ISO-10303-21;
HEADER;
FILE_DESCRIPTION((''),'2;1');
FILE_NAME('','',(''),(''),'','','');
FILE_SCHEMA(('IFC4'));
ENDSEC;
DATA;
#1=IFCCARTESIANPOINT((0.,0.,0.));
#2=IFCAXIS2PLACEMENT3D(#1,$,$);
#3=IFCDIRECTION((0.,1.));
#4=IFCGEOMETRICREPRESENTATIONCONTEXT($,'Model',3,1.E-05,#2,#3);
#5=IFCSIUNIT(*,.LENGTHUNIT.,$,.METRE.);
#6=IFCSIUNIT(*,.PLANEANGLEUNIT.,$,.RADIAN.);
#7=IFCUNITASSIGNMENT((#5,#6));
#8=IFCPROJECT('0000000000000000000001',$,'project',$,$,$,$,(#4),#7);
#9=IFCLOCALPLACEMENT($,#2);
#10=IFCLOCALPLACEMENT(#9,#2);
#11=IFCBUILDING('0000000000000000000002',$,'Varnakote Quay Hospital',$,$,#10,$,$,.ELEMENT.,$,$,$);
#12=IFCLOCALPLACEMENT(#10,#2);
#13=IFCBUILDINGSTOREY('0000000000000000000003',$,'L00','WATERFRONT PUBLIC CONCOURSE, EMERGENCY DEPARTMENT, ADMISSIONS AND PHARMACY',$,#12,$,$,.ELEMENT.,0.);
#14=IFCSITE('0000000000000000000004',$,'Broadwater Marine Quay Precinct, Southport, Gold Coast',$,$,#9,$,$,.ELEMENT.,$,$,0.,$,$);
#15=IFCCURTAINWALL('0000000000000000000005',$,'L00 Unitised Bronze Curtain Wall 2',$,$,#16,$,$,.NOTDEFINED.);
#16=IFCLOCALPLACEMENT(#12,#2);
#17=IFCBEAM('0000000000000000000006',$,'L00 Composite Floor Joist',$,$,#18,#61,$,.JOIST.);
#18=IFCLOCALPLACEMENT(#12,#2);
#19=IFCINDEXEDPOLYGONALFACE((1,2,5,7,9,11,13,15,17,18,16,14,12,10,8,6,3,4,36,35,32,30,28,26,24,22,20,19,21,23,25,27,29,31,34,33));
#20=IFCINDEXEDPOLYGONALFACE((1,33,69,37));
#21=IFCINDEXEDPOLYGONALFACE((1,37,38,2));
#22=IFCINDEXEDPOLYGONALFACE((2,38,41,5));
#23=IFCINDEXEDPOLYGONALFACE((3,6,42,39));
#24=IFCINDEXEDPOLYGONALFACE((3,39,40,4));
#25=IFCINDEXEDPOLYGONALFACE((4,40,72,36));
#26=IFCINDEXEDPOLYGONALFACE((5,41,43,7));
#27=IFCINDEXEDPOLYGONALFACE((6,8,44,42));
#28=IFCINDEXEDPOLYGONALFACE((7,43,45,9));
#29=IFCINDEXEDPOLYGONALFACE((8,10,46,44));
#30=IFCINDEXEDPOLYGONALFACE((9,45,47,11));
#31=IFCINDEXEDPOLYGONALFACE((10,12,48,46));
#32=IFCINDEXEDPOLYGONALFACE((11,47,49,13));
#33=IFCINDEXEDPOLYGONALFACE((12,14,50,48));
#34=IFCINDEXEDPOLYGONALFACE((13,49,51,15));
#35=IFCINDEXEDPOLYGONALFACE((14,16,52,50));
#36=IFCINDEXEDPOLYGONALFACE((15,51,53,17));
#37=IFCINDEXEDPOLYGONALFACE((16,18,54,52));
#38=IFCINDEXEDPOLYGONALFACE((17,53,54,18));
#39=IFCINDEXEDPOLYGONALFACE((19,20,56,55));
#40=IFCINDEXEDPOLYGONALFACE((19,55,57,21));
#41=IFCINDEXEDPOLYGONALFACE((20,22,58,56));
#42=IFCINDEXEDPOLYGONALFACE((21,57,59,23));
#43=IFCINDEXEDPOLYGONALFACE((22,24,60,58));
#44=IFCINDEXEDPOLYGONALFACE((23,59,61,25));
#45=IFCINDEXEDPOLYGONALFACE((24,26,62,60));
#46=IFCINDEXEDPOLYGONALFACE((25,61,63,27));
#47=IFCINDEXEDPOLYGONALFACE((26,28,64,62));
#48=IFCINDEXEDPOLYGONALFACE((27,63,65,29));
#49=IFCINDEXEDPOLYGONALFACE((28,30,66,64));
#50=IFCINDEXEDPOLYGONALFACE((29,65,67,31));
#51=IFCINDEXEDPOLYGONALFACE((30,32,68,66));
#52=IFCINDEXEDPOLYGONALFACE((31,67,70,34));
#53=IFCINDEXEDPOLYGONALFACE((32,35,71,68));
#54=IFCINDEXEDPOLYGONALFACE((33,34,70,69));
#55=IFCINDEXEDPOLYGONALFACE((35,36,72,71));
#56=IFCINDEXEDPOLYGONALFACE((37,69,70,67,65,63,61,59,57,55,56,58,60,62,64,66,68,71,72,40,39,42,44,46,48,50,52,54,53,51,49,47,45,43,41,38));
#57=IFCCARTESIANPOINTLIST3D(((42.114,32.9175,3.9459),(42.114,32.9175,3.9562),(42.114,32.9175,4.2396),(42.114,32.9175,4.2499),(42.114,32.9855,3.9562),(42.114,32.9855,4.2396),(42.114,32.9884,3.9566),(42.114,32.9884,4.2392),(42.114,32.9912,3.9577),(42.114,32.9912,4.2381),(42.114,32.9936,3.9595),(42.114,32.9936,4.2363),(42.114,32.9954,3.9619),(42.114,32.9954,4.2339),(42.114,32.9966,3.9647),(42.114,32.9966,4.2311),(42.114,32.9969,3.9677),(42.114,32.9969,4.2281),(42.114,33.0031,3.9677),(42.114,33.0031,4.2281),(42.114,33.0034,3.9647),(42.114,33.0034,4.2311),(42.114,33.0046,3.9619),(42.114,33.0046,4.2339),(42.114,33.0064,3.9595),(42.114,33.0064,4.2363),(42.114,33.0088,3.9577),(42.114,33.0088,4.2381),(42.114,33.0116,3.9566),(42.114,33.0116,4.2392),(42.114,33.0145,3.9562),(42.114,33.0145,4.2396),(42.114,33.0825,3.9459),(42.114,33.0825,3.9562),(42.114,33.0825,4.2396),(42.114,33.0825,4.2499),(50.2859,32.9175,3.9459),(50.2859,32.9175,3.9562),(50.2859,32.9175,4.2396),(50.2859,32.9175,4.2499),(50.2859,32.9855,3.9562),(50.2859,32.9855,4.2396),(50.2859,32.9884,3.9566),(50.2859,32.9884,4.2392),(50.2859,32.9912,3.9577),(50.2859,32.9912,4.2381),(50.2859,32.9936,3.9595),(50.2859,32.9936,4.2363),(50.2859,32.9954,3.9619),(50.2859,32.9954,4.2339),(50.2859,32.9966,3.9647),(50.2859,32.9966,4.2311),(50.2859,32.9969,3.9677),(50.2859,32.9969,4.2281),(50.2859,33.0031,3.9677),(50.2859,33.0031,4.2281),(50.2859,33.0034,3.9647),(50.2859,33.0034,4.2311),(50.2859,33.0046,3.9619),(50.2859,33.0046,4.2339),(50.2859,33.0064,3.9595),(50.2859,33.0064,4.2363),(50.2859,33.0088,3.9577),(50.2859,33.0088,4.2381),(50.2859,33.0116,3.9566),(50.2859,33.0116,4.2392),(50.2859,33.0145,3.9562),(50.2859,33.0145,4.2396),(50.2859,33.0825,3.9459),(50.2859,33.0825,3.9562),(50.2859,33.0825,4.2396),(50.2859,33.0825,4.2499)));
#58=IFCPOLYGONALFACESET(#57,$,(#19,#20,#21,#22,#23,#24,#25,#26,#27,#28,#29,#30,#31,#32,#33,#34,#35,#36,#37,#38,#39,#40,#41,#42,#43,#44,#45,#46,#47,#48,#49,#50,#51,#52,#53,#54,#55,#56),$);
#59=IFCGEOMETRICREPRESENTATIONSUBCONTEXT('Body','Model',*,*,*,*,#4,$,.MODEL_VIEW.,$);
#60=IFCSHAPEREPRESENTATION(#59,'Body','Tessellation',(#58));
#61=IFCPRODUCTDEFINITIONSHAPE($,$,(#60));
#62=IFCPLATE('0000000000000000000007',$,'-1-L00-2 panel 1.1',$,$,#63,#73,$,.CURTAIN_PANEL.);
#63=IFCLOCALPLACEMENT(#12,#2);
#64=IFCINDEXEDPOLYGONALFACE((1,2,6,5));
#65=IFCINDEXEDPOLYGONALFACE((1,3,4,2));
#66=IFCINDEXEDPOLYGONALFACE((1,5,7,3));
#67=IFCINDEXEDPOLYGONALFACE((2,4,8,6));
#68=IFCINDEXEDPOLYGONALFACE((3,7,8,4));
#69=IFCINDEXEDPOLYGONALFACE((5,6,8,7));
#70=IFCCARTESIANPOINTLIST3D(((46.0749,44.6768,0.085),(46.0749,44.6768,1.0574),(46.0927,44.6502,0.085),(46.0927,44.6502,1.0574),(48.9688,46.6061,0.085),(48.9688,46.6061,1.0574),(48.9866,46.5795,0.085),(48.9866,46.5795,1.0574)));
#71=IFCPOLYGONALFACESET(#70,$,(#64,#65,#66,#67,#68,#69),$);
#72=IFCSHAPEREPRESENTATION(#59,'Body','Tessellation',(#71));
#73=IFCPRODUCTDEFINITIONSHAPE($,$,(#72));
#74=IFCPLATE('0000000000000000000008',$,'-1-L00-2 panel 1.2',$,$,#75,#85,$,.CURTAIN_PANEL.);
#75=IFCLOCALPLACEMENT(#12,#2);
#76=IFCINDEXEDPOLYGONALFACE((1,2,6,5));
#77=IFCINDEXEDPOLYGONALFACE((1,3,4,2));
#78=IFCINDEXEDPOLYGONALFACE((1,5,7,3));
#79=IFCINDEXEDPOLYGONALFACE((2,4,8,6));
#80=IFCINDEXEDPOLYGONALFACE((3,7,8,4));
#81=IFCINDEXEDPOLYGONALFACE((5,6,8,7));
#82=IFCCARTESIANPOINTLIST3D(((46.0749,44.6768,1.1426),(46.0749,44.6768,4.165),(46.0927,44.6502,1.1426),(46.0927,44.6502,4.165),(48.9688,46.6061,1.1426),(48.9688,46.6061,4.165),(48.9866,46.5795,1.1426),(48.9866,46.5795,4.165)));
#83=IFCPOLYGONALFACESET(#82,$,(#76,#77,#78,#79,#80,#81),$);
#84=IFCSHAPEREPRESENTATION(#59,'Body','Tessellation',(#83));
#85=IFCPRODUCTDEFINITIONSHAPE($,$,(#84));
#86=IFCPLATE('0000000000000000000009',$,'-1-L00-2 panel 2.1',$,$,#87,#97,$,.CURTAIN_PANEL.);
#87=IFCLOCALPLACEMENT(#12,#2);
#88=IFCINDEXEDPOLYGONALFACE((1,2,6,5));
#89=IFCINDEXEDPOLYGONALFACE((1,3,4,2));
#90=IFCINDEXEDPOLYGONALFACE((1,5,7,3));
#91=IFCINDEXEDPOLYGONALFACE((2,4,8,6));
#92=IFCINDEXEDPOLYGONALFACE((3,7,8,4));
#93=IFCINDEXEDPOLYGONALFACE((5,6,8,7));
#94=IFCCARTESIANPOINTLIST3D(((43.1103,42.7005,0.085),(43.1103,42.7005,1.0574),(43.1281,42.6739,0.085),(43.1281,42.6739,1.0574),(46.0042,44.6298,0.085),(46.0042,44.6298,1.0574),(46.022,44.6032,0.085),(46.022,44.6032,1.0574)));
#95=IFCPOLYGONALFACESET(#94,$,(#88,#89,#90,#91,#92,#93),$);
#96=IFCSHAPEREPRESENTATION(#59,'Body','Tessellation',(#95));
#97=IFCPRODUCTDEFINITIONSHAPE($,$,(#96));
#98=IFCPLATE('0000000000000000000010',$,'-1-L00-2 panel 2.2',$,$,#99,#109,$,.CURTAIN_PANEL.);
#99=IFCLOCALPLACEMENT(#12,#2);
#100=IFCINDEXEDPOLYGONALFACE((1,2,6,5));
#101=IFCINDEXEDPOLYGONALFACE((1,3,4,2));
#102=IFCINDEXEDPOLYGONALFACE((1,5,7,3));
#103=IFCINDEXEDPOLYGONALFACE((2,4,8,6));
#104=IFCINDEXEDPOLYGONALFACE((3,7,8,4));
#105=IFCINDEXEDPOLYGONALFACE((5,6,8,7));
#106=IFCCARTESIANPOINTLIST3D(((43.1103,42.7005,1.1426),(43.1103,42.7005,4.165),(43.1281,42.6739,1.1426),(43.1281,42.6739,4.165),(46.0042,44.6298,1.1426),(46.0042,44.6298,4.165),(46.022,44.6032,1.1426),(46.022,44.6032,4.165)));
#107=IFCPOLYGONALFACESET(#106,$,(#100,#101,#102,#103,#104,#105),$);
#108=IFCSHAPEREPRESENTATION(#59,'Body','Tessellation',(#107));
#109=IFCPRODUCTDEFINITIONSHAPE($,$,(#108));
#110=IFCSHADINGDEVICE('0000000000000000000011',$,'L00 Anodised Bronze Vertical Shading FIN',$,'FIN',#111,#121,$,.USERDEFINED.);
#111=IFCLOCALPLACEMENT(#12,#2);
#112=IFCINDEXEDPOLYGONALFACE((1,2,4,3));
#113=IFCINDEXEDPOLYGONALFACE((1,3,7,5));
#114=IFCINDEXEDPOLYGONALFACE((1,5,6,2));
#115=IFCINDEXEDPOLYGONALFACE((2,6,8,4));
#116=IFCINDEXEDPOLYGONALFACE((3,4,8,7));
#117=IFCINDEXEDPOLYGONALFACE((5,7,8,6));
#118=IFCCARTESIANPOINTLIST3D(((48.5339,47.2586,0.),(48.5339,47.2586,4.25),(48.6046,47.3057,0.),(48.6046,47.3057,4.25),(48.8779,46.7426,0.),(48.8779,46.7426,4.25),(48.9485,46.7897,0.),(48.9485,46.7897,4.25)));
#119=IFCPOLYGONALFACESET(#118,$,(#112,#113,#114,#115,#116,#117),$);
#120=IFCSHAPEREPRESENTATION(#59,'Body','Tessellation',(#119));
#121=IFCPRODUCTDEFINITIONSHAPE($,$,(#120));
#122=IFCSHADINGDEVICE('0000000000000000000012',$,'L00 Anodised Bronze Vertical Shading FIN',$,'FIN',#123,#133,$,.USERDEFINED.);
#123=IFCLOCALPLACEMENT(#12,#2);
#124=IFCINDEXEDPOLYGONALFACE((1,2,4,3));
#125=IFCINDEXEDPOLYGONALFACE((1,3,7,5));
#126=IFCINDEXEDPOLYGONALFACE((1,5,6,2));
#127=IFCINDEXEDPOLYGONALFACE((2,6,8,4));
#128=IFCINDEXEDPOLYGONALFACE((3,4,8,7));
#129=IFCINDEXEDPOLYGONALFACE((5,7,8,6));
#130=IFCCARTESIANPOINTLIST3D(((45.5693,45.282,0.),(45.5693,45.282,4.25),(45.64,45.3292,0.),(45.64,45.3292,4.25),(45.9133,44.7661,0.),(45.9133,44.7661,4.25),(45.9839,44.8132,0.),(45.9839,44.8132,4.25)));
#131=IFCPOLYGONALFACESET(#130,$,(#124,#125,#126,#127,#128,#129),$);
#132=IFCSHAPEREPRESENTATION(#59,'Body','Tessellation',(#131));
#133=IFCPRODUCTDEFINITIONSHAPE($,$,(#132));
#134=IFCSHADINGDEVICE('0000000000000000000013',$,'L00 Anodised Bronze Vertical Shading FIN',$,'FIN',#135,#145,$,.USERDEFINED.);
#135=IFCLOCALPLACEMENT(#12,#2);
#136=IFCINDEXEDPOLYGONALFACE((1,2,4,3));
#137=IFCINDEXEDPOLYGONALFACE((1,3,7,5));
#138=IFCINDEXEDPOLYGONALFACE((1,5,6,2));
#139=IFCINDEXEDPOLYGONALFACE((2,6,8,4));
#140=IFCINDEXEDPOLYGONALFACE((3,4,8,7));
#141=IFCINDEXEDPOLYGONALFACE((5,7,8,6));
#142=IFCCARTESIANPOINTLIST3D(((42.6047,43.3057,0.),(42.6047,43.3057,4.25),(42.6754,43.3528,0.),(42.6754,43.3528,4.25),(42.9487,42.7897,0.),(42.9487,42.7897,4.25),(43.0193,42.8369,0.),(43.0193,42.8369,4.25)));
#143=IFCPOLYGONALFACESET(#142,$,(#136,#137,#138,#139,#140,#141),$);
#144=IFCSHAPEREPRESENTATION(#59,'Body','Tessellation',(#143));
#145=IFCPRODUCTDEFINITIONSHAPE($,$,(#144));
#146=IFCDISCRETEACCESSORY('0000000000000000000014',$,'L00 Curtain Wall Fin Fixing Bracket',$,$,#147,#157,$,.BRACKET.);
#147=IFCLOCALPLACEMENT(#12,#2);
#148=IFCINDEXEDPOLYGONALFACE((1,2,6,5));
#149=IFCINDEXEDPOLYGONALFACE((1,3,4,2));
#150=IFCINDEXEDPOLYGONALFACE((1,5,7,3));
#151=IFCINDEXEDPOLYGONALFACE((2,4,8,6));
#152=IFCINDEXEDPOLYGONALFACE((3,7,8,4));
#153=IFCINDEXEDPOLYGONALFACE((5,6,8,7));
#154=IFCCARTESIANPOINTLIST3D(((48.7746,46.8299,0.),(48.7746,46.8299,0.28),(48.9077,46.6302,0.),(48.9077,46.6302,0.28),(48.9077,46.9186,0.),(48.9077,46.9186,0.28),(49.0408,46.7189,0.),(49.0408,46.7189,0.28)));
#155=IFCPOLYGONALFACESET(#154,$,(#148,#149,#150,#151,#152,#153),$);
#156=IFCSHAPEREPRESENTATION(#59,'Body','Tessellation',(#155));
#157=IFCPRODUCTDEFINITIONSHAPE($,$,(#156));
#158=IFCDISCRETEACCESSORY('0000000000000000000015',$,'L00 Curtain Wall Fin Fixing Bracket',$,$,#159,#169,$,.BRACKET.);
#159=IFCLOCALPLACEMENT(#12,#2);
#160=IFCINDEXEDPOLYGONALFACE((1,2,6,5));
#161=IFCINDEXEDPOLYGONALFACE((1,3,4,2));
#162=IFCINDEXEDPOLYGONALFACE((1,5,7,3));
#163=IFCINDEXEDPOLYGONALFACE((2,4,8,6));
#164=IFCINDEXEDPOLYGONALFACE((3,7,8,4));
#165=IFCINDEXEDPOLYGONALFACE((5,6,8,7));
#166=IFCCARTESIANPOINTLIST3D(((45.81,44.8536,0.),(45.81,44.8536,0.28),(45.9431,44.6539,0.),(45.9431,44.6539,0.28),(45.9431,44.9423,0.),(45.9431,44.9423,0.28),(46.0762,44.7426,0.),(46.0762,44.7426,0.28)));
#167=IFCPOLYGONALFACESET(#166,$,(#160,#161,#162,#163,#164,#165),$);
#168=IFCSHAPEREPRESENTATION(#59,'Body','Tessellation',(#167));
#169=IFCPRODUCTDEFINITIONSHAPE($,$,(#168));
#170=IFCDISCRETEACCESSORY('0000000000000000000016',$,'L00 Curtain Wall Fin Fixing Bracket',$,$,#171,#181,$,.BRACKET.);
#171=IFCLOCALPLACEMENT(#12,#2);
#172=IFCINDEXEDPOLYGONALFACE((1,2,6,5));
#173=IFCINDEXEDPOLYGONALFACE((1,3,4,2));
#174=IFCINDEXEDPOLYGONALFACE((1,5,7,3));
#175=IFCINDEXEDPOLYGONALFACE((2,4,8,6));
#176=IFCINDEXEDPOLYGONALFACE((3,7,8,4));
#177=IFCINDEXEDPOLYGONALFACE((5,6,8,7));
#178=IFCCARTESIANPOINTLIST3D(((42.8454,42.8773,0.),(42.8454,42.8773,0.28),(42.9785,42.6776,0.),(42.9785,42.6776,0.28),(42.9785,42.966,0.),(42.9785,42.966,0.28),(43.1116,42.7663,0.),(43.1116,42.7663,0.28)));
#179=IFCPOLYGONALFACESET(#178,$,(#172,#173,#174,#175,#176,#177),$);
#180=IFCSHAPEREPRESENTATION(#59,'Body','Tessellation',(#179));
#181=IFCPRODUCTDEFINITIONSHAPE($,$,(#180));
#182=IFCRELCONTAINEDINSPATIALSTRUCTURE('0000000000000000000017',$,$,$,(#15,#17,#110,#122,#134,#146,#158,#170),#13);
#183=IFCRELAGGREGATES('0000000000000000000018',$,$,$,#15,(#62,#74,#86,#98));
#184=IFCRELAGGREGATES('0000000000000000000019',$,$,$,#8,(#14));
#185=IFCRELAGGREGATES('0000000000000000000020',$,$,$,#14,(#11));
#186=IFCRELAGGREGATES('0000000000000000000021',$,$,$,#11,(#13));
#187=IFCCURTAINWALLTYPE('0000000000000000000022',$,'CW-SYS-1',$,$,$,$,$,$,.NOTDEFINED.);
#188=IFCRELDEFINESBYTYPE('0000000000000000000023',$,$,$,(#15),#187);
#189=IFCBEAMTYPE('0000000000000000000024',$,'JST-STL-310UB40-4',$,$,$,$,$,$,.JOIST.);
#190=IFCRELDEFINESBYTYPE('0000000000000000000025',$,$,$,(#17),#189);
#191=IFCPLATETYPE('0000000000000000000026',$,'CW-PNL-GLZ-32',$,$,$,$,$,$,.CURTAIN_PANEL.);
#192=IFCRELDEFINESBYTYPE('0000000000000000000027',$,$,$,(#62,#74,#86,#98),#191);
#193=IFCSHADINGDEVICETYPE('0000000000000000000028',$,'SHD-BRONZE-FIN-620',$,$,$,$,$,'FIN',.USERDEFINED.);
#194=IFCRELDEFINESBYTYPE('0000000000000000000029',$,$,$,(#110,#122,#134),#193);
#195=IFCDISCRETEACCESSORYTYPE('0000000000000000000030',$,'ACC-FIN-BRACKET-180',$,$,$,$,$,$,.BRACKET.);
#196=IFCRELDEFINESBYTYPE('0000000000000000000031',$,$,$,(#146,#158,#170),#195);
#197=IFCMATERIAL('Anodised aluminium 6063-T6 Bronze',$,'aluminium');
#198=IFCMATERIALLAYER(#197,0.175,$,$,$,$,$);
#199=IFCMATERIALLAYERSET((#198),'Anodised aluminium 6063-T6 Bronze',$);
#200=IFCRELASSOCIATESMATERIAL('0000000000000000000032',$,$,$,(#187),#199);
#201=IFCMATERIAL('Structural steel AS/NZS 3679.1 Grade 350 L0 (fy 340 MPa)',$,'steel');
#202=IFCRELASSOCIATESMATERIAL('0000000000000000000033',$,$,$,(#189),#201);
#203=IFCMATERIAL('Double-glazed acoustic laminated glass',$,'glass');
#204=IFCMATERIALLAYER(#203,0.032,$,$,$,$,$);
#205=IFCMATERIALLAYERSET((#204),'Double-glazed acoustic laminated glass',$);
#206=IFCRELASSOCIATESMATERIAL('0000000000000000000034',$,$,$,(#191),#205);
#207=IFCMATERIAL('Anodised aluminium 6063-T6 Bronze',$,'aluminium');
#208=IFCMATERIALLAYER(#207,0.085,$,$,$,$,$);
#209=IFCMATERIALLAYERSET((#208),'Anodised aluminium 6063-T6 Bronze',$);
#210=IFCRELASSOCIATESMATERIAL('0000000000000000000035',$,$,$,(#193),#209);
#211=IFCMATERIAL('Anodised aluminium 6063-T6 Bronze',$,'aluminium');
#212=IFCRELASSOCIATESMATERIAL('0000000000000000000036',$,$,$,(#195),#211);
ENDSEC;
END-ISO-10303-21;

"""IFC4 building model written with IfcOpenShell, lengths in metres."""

from ifc_helpers import new_model, si_unit, direction, frame, origin, origin_2d, place, context, subcontext, project, spatial, rectangle, i_section, extrude, material, layer, layer_set, material_profile, profile_set, type_object, element, aggregate, save


model = new_model("IFC4")

# Units and contexts
model_context = context("Model", 3, precision=1e-05, world=origin(), true_north=direction((0.0, 1.0)))
body_context = subcontext(model_context, "Body", "Model", "MODEL_VIEW")
ifc_project = project(units=[si_unit("LENGTHUNIT", "METRE"), si_unit("PLANEANGLEUNIT", "RADIAN")], contexts=[model_context])

# Site, building, storey
site_placement = place(None, origin())
site = spatial("IfcSite", under=ifc_project, at=site_placement, Name="Broadwater Marine Quay Precinct, Southport, Gold Coast", CompositionType="ELEMENT", RefElevation=0.0)
building_placement = place(site_placement, origin())
building = spatial("IfcBuilding", under=site, at=building_placement, Name="Varnakote Quay Hospital", CompositionType="ELEMENT")
storey_placement = place(building_placement, origin())
storey = spatial("IfcBuildingStorey", under=building, at=storey_placement, Name="L00", Description="WATERFRONT PUBLIC CONCOURSE, EMERGENCY DEPARTMENT, ADMISSIONS AND PHARMACY", CompositionType="ELEMENT", Elevation=0.0)

# Curtain wall
ifc_material_1 = material(Name="Anodised aluminium 6063-T6 Bronze", Category="aluminium")
ifc_layer_1 = layer(ifc_material_1, 0.175)
ifc_layer_set_1 = layer_set([ifc_layer_1], Name="Anodised aluminium 6063-T6 Bronze")
curtain_wall_type = type_object("IfcCurtainWallType", Name="CW-SYS-1", PredefinedType="NOTDEFINED", material=ifc_layer_set_1)
curtain_wall_placement = place(storey_placement, origin())
curtain_wall = element("IfcCurtainWall", 1, at=curtain_wall_placement, inside=storey, type_object=curtain_wall_type, Name="L00 Unitised Bronze Curtain Wall 2", PredefinedType="NOTDEFINED")

# Beam
ifc_material_2 = material(Name="Structural steel AS/NZS 3679.1 Grade 350 L0 (fy 340 MPa)", Category="steel")
ifc_material_profile_1 = material_profile(ifc_material_2, i_section(OverallWidth=0.165, OverallDepth=0.304, WebThickness=0.0061, FlangeThickness=0.0103, FilletRadius=0.0115, at=origin_2d()), Name="310UB40.4")
ifc_profile_set_1 = profile_set([ifc_material_profile_1], Name="Structural steel AS/NZS 3679.1 Grade 350 L0 (fy 340 MPa)")
beam_type_1 = type_object("IfcBeamType", Name="JST-STL-310UB40-4", PredefinedType="JOIST", material=ifc_profile_set_1)
for number, where, z_axis, x_axis, name in (
    (2, (42.114, 33.0, 4.0979), (1.0, 0.0, 0.0), (0.0, 1.0, 0.0), "L00 Composite Floor Joist"),
):
    element("IfcBeam", number, at=place(storey_placement, frame(where, z_axis=z_axis, x_axis=x_axis)), inside=storey, type_object=beam_type_1, Name=name, PredefinedType="JOIST", context=body_context, shape_type="SweptSolid", body=[
        extrude(i_section(OverallWidth=0.165, OverallDepth=0.304, WebThickness=0.0061, FlangeThickness=0.0103, FilletRadius=0.0115, at=origin_2d()), origin(), (0.0, 0.0, 1.0), 8.1719),
    ])

# Plates
ifc_material_3 = material(Name="Double-glazed acoustic laminated glass", Category="glass")
ifc_layer_2 = layer(ifc_material_3, 0.032)
ifc_layer_set_2 = layer_set([ifc_layer_2], Name="Double-glazed acoustic laminated glass")
plate_type = type_object("IfcPlateType", Name="CW-PNL-GLZ-32", PredefinedType="CURTAIN_PANEL", material=ifc_layer_set_2)
plate_1_placement = place(storey_placement, frame((47.5308, 45.6282, 0.085), z_axis=(0.0, 0.0, 1.0), x_axis=(-0.83205, -0.5547, 0.0)))
plate_1 = element("IfcPlate", 3, at=plate_1_placement, type_object=plate_type, Name="-1-L00-2 panel 1.1", PredefinedType="CURTAIN_PANEL", context=body_context, shape_type="SweptSolid", body=[
    extrude(rectangle(XDim=3.478, YDim=0.032, at=origin_2d()), origin(), (0.0, 0.0, 1.0), 0.9724),
])
plate_2_placement = place(storey_placement, frame((47.5308, 45.6282, 1.1426), z_axis=(0.0, 0.0, 1.0), x_axis=(-0.83205, -0.5547, 0.0)))
plate_2 = element("IfcPlate", 4, at=plate_2_placement, type_object=plate_type, Name="-1-L00-2 panel 1.2", PredefinedType="CURTAIN_PANEL", context=body_context, shape_type="SweptSolid", body=[
    extrude(rectangle(XDim=3.478, YDim=0.032, at=origin_2d()), origin(), (0.0, 0.0, 1.0), 3.0225),
])
plate_3_placement = place(storey_placement, frame((44.5662, 43.6519, 0.085), z_axis=(0.0, 0.0, 1.0), x_axis=(-0.83205, -0.5547, 0.0)))
plate_3 = element("IfcPlate", 5, at=plate_3_placement, type_object=plate_type, Name="-1-L00-2 panel 2.1", PredefinedType="CURTAIN_PANEL", context=body_context, shape_type="SweptSolid", body=[
    extrude(rectangle(XDim=3.478, YDim=0.032, at=origin_2d()), origin(), (0.0, 0.0, 1.0), 0.9724),
])
plate_4_placement = place(storey_placement, frame((44.5662, 43.6519, 1.1426), z_axis=(0.0, 0.0, 1.0), x_axis=(-0.83205, -0.5547, 0.0)))
plate_4 = element("IfcPlate", 6, at=plate_4_placement, type_object=plate_type, Name="-1-L00-2 panel 2.2", PredefinedType="CURTAIN_PANEL", context=body_context, shape_type="SweptSolid", body=[
    extrude(rectangle(XDim=3.478, YDim=0.032, at=origin_2d()), origin(), (0.0, 0.0, 1.0), 3.0225),
])
aggregate(curtain_wall, [plate_1, plate_2, plate_3, plate_4])

# Shading devices
ifc_material_4 = material(Name="Anodised aluminium 6063-T6 Bronze", Category="aluminium")
ifc_layer_3 = layer(ifc_material_4, 0.085)
ifc_layer_set_3 = layer_set([ifc_layer_3], Name="Anodised aluminium 6063-T6 Bronze")
shading_device_type = type_object("IfcShadingDeviceType", Name="SHD-BRONZE-FIN-620", ElementType="FIN", PredefinedType="USERDEFINED", material=ifc_layer_set_3)
for number, where, z_axis, x_axis, name in (
    (7, (48.7412, 47.0242, 0.0), (0.0, 0.0, 1.0), (0.554699, -0.832051, 0.0), "L00 Anodised Bronze Vertical Shading FIN"),
    (8, (45.7766, 45.0476, 0.0), (0.0, 0.0, 1.0), (0.554699, -0.832051, 0.0), "L00 Anodised Bronze Vertical Shading FIN"),
    (9, (42.812, 43.0713, 0.0), (0.0, 0.0, 1.0), (0.554699, -0.832051, 0.0), "L00 Anodised Bronze Vertical Shading FIN"),
):
    element("IfcShadingDevice", number, at=place(storey_placement, frame(where, z_axis=z_axis, x_axis=x_axis)), inside=storey, type_object=shading_device_type, Name=name, ObjectType="FIN", PredefinedType="USERDEFINED", context=body_context, shape_type="SweptSolid", body=[
        extrude(rectangle(XDim=0.6201, YDim=0.085, at=origin_2d()), origin(), (0.0, 0.0, 1.0), 4.25),
    ])

# Discrete accessories
ifc_material_5 = material(Name="Anodised aluminium 6063-T6 Bronze", Category="aluminium")
discrete_accessory_type = type_object("IfcDiscreteAccessoryType", Name="ACC-FIN-BRACKET-180", PredefinedType="BRACKET", material=ifc_material_5)
for number, where, z_axis, x_axis, name in (
    (10, (48.9077, 46.7744, 0.0), (0.0, 0.0, 1.0), (-0.832051, -0.554699, 0.0), "L00 Curtain Wall Fin Fixing Bracket"),
    (11, (45.9431, 44.7981, 0.0), (0.0, 0.0, 1.0), (-0.832051, -0.554699, 0.0), "L00 Curtain Wall Fin Fixing Bracket"),
    (12, (42.9785, 42.8218, 0.0), (0.0, 0.0, 1.0), (-0.832051, -0.554699, 0.0), "L00 Curtain Wall Fin Fixing Bracket"),
):
    element("IfcDiscreteAccessory", number, at=place(storey_placement, frame(where, z_axis=z_axis, x_axis=x_axis)), inside=storey, type_object=discrete_accessory_type, Name=name, PredefinedType="BRACKET", context=body_context, shape_type="SweptSolid", body=[
        extrude(rectangle(XDim=0.1599, YDim=0.24, at=origin_2d()), origin(), (0.0, 0.0, 1.0), 0.28),
    ])

save(model, "model.ifc")
